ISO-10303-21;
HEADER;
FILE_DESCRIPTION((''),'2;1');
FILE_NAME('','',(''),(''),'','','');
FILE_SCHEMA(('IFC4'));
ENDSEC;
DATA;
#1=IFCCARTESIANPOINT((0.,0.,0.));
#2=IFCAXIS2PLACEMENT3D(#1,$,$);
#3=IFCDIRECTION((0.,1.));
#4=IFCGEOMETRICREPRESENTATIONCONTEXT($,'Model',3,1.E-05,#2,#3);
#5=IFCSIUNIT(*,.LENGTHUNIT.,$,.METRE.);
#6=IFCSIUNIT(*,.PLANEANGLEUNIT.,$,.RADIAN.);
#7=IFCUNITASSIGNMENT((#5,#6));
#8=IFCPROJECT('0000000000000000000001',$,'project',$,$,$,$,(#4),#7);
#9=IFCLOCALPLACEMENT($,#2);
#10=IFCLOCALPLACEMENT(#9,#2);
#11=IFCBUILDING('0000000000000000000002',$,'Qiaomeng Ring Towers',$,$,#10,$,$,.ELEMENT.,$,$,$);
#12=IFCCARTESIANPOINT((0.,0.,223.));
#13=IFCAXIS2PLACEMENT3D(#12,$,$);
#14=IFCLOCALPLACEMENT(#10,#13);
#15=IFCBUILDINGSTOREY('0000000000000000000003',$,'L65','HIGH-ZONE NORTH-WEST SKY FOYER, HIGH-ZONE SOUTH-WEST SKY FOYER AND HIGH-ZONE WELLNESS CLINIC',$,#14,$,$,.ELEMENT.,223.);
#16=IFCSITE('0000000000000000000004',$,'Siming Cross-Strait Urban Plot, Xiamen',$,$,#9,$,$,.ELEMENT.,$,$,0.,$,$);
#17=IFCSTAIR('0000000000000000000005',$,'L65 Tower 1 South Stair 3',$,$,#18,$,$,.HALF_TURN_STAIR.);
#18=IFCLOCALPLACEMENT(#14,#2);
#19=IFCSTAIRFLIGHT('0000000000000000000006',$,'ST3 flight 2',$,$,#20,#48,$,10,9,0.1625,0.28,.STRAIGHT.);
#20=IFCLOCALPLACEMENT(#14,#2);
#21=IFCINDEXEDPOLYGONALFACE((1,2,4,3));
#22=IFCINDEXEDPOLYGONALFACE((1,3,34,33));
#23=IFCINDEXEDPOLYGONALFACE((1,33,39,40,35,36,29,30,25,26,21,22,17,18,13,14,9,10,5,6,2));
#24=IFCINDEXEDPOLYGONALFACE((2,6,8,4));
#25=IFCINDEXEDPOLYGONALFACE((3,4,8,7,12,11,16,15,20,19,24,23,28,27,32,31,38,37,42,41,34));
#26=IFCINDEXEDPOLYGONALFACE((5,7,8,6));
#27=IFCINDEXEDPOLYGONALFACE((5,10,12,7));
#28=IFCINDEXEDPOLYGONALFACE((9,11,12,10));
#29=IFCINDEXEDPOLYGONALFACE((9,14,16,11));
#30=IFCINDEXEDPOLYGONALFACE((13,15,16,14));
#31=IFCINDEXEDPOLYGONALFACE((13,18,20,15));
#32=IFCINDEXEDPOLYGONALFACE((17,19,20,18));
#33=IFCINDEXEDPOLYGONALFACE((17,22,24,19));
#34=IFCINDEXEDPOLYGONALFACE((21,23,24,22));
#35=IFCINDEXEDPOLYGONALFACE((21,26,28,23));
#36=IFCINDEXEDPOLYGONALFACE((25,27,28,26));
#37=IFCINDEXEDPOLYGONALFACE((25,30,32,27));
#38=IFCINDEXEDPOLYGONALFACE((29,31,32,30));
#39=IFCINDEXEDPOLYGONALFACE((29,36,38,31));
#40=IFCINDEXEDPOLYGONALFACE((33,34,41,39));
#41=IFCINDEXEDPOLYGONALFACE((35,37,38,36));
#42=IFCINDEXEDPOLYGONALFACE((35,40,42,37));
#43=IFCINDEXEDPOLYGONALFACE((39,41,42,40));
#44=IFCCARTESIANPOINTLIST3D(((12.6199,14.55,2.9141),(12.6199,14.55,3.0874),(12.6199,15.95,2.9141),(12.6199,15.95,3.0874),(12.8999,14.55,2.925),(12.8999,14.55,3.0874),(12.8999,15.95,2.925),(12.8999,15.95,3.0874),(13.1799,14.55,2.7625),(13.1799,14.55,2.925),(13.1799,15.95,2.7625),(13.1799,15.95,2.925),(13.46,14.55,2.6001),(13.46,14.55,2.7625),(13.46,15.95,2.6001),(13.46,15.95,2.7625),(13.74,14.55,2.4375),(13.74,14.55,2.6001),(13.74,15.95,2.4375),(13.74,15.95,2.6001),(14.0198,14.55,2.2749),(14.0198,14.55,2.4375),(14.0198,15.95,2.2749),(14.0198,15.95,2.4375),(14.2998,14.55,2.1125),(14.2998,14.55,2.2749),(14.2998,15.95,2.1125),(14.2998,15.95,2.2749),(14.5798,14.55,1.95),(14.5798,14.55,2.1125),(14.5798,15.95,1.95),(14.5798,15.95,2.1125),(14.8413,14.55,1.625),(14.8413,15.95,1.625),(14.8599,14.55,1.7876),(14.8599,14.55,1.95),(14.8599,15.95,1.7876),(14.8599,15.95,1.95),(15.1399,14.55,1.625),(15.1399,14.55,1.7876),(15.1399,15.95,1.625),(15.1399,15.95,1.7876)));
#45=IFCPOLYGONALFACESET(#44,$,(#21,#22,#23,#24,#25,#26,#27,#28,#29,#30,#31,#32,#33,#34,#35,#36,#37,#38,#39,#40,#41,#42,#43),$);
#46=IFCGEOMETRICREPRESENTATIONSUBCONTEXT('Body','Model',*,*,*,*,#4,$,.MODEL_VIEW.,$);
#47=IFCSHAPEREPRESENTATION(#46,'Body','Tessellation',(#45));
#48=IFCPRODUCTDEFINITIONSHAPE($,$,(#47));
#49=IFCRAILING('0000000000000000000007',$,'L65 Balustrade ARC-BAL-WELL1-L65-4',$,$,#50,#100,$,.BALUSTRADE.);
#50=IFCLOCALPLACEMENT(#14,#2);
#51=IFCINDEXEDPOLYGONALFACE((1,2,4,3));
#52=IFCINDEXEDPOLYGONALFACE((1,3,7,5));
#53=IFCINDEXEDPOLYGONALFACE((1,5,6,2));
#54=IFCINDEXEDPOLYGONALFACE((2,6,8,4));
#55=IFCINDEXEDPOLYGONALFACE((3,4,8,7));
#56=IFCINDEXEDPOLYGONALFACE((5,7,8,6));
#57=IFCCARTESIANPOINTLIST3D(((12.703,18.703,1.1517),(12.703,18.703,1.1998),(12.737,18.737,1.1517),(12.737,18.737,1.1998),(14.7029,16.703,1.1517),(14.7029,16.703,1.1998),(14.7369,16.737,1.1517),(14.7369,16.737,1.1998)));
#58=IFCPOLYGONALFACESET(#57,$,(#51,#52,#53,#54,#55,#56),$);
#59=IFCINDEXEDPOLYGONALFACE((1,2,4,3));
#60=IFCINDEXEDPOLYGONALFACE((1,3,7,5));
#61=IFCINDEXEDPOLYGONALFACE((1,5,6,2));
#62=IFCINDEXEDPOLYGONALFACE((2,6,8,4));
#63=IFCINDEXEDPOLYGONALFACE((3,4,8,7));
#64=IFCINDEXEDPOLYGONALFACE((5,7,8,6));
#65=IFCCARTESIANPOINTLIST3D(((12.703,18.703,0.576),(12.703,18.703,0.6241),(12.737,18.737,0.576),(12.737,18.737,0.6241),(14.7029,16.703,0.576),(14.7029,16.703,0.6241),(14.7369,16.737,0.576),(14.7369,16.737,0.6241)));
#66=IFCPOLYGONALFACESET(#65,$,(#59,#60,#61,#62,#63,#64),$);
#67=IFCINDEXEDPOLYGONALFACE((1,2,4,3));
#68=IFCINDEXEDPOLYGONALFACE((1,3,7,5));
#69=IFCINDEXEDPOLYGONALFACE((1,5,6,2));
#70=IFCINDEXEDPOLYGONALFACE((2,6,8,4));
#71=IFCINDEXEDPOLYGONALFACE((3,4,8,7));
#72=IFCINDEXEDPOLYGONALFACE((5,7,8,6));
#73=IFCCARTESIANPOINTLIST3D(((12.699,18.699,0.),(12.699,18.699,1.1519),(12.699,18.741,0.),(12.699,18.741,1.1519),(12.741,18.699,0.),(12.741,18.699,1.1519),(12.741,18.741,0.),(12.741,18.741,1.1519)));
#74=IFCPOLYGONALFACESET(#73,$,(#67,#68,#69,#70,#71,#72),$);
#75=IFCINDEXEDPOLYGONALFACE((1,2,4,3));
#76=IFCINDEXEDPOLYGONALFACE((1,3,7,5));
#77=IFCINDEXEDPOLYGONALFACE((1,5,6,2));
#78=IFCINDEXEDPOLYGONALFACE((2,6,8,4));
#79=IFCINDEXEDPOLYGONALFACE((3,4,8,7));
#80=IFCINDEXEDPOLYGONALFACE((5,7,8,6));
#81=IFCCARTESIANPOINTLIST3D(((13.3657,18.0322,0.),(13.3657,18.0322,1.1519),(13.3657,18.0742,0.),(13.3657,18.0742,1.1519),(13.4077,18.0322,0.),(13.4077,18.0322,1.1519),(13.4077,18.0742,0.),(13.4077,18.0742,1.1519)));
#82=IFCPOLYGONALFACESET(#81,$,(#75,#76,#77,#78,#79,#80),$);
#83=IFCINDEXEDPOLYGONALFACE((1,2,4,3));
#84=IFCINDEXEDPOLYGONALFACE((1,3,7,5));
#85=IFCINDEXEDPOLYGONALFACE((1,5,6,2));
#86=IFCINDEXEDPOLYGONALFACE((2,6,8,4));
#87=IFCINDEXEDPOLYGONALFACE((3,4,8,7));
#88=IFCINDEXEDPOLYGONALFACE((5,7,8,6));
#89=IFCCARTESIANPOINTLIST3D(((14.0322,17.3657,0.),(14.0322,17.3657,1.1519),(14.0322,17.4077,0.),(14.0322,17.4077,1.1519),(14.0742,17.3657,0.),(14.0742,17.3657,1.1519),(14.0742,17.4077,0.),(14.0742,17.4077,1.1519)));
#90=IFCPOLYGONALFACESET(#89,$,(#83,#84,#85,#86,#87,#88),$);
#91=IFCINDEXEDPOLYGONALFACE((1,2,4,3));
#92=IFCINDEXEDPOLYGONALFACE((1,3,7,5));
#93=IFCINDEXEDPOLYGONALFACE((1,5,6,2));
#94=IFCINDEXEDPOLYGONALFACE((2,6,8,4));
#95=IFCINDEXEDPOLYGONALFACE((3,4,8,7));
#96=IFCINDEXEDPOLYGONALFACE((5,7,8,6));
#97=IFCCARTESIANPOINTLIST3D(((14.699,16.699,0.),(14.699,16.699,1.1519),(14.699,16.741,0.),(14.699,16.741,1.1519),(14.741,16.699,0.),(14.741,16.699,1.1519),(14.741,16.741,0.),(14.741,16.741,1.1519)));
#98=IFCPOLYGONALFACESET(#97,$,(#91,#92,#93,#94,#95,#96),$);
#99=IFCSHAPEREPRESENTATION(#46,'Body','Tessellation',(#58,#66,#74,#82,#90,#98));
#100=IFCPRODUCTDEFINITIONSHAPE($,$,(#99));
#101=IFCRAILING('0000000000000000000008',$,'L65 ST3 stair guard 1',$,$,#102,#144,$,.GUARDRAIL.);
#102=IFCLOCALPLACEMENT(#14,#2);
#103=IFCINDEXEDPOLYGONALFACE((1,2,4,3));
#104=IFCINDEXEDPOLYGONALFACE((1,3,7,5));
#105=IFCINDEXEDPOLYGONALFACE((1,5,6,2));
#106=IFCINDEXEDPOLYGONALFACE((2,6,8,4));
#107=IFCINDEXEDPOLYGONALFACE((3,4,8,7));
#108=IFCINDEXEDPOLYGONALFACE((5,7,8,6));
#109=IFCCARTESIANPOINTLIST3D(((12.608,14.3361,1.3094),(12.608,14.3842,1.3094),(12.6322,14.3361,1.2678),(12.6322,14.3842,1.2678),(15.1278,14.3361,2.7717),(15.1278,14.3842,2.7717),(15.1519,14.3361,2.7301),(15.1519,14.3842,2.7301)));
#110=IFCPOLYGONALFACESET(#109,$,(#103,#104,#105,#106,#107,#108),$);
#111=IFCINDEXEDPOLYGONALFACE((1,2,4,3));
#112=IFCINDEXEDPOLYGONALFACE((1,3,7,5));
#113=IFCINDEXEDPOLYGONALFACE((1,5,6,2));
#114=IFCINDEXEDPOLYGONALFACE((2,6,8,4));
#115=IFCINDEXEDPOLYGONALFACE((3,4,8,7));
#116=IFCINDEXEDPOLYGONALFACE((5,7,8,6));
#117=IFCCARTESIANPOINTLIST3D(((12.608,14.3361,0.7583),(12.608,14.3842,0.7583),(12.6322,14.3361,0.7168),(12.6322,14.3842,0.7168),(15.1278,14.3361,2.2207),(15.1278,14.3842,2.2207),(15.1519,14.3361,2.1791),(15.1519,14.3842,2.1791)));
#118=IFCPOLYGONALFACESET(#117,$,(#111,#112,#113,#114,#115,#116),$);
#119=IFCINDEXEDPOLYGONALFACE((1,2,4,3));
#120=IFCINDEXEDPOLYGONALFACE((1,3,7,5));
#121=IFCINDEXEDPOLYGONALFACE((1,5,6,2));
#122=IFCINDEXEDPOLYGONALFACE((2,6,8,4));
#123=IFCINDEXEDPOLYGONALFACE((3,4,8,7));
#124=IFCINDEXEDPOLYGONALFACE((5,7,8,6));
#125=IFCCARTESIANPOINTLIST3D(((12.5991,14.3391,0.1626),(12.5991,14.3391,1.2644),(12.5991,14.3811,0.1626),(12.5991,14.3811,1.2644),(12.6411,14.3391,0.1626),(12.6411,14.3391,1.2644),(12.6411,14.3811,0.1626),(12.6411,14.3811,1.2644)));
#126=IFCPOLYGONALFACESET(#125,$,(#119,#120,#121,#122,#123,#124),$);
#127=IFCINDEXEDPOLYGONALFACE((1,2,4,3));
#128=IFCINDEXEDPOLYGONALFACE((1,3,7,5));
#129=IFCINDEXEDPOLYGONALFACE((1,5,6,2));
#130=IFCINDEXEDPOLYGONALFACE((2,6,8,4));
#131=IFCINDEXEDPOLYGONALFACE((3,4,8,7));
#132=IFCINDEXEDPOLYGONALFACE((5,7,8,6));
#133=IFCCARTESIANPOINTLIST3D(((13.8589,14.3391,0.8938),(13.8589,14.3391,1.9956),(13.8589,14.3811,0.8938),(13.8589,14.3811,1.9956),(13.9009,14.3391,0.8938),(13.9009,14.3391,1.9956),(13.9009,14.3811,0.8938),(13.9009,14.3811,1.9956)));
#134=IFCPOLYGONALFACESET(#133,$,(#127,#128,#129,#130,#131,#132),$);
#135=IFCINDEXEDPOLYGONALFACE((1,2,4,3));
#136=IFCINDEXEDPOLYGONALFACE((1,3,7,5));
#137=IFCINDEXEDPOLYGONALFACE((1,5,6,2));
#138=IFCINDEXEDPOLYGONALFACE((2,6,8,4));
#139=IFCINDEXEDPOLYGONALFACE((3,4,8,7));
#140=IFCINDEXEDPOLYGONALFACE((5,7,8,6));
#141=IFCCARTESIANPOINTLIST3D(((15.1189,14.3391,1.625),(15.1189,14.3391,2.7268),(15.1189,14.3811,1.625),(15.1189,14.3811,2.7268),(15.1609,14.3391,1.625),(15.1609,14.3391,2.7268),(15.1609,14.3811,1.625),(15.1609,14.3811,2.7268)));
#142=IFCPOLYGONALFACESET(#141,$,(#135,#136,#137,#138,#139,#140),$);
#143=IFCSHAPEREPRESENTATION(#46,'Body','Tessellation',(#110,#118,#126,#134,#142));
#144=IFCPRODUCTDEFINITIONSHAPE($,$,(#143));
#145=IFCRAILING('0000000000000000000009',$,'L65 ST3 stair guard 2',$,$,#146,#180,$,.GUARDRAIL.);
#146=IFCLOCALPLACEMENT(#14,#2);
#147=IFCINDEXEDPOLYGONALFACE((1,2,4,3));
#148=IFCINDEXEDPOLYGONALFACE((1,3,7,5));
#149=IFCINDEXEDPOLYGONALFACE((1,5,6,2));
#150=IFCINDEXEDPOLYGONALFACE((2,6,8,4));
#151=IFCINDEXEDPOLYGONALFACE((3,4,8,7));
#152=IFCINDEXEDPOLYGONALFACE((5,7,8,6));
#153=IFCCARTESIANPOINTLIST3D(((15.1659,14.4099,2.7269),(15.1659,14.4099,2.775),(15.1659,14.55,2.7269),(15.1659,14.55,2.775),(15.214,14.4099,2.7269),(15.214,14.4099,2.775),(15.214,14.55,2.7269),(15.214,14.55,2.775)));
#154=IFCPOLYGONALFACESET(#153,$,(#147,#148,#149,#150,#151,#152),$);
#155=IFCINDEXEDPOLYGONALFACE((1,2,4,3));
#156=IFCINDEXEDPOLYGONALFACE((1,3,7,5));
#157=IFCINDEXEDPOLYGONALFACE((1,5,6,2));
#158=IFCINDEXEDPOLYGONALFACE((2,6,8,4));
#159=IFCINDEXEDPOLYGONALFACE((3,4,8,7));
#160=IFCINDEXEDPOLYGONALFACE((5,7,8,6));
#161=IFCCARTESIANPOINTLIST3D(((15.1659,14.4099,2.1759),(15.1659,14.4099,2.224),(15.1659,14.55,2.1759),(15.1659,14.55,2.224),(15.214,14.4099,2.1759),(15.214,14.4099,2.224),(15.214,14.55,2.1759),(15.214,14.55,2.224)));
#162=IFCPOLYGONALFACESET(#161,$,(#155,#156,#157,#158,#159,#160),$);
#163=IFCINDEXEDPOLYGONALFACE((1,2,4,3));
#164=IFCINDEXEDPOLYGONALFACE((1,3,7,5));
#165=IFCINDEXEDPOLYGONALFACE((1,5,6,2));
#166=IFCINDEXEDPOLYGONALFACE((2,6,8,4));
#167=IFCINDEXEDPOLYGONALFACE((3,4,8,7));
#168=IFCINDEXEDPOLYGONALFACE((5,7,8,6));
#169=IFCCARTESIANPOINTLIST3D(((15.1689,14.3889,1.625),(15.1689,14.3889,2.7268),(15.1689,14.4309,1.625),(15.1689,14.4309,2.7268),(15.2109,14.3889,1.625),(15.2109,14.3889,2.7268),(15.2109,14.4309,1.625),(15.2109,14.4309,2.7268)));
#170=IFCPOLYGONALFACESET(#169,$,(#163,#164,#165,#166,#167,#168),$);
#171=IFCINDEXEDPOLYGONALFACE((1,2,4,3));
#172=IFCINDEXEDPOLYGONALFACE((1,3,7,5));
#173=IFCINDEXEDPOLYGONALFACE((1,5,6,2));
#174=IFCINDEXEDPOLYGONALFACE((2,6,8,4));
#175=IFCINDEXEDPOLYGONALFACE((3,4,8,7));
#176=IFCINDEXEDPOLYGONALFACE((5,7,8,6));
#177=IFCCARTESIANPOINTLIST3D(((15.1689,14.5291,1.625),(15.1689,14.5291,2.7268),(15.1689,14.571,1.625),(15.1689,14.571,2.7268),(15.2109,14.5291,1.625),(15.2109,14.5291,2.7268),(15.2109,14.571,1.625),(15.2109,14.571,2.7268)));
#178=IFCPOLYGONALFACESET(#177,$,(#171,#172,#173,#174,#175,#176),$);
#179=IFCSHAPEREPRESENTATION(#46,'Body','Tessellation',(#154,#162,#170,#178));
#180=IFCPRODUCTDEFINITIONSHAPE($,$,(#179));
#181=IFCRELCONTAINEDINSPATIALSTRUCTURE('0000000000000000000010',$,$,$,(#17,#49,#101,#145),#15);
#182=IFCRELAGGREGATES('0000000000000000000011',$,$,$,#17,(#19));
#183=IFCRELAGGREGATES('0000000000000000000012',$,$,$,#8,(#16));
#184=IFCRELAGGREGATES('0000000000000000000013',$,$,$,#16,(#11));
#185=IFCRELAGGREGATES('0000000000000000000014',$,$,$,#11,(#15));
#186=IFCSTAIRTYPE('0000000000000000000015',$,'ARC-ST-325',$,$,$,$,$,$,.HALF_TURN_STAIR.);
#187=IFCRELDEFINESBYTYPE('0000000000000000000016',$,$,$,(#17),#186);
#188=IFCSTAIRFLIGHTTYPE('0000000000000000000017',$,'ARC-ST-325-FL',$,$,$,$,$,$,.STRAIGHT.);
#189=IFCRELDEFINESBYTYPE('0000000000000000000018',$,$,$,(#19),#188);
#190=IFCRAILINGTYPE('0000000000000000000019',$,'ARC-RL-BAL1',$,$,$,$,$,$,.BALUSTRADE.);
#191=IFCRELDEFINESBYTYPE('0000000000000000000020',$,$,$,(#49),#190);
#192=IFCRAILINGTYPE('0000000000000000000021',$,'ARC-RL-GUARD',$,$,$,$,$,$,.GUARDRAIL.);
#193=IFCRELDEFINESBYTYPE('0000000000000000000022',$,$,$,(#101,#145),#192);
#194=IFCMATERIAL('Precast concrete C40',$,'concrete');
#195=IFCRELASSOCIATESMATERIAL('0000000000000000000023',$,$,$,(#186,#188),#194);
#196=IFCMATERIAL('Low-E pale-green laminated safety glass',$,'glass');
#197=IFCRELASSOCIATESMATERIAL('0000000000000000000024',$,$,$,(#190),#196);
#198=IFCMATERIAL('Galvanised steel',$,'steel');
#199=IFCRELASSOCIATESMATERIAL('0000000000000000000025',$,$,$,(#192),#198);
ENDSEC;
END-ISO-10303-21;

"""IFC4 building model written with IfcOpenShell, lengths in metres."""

from ifc_helpers import new_model, si_unit, direction, frame, origin, origin_2d, place, context, subcontext, project, spatial, polyline, rectangle, outline, extrude, source, transform, mapped, material, type_object, element, aggregate, save


model = new_model("IFC4")

# Units and contexts
model_context = context("Model", 3, precision=1e-05, world=origin(), true_north=direction((0.0, 1.0)))
body_context = subcontext(model_context, "Body", "Model", "MODEL_VIEW")
ifc_project = project(units=[si_unit("LENGTHUNIT", "METRE"), si_unit("PLANEANGLEUNIT", "RADIAN")], contexts=[model_context])

# Site, building, storey
site_placement = place(None, origin())
site = spatial("IfcSite", under=ifc_project, at=site_placement, Name="Siming Cross-Strait Urban Plot, Xiamen", CompositionType="ELEMENT", RefElevation=0.0)
building_placement = place(site_placement, origin())
building = spatial("IfcBuilding", under=site, at=building_placement, Name="Qiaomeng Ring Towers", CompositionType="ELEMENT")
storey_placement = place(building_placement, frame((0.0, 0.0, 223.0)))
storey = spatial("IfcBuildingStorey", under=building, at=storey_placement, Name="L65", Description="HIGH-ZONE NORTH-WEST SKY FOYER, HIGH-ZONE SOUTH-WEST SKY FOYER AND HIGH-ZONE WELLNESS CLINIC", CompositionType="ELEMENT", Elevation=223.0)

# Stair, stair flight
ifc_material_1 = material(Name="Precast concrete C40", Category="concrete")
stair_type = type_object("IfcStairType", Name="ARC-ST-325", PredefinedType="HALF_TURN_STAIR", material=ifc_material_1)
stair_placement = place(storey_placement, origin())
stair = element("IfcStair", 1, at=stair_placement, inside=storey, type_object=stair_type, Name="L65 Tower 1 South Stair 3", PredefinedType="HALF_TURN_STAIR")
stair_flight_type = type_object("IfcStairFlightType", Name="ARC-ST-325-FL", PredefinedType="STRAIGHT", material=ifc_material_1)
shared_shape_1 = source(origin(), body_context, "Body", "SweptSolid", [
    extrude(outline(polyline([(0.0, 0.0), (0.0, 0.1626), (0.28, 0.1626), (0.28, 0.325), (0.5601, 0.325), (0.5601, 0.4875), (0.8401, 0.4875), (0.8401, 0.6499), (1.1201, 0.6499), (1.1201, 0.8125), (1.3999, 0.8125), (1.3999, 0.9751), (1.6799, 0.9751), (1.6799, 1.1375), (1.96, 1.1375), (1.96, 1.3), (2.24, 1.3), (2.24, 1.4624), (2.52, 1.4624), (2.52, 1.625), (2.52, 1.2891), (0.2986, 0.0), (0.0, 0.0)])), frame((0.0, 0.7, 0.0), z_axis=(0.0, -1.0, 0.0), x_axis=(1.0, 0.0, 0.0)), (0.0, 0.0, 1.0), 1.3999),
])
stair_flight_1_placement = place(storey_placement, frame((15.1399, 15.25, 1.625), z_axis=(0.0, 0.0, 1.0), x_axis=(-1.0, 0.0, 0.0)))
stair_flight_1 = element("IfcStairFlight", 2, at=stair_flight_1_placement, type_object=stair_flight_type, Name="ST3 flight 2", NumberOfRisers=10, NumberOfTreads=9, PredefinedType="STRAIGHT", RiserHeight=0.1625, TreadLength=0.28, context=body_context, shape_type="MappedRepresentation", body=[
    mapped(shared_shape_1, transform((0.0, 0.0, 0.0), x_axis=(1.0, 0.0, 0.0), y_axis=(0.0, 1.0, 0.0), z_axis=(0.0, 0.0, 1.0), scale=1.0)),
])
aggregate(stair, [stair_flight_1])

# Railings
ifc_material_2 = material(Name="Low-E pale-green laminated safety glass", Category="glass")
railing_type_1 = type_object("IfcRailingType", Name="ARC-RL-BAL1", PredefinedType="BALUSTRADE", material=ifc_material_2)
railing_1_placement = place(storey_placement, frame((12.72, 18.72, 0.0)))
element("IfcRailing", 3, at=railing_1_placement, inside=storey, type_object=railing_type_1, Name="L65 Balustrade ARC-BAL-WELL1-L65-4", PredefinedType="BALUSTRADE", context=body_context, shape_type="SweptSolid", body=[
    extrude(rectangle(XDim=0.0481, YDim=0.0481, at=origin_2d()), frame((0.0, 0.0, 1.1758), z_axis=(0.707107, -0.707107, 0.0), x_axis=(0.707107, 0.707107, 0.0)), (0.0, 0.0, 1.0), 2.8284),
    extrude(rectangle(XDim=0.0481, YDim=0.0481, at=origin_2d()), frame((0.0, 0.0, 0.6001), z_axis=(0.707107, -0.707107, 0.0), x_axis=(0.707107, 0.707107, 0.0)), (0.0, 0.0, 1.0), 2.8284),
    extrude(rectangle(XDim=0.042, YDim=0.042, at=origin_2d()), origin(), (0.0, 0.0, 1.0), 1.1519),
    extrude(rectangle(XDim=0.042, YDim=0.042, at=origin_2d()), frame((0.6667, -0.6667, 0.0)), (0.0, 0.0, 1.0), 1.1519),
    extrude(rectangle(XDim=0.042, YDim=0.042, at=origin_2d()), frame((1.3333, -1.3333, 0.0)), (0.0, 0.0, 1.0), 1.1519),
    extrude(rectangle(XDim=0.042, YDim=0.042, at=origin_2d()), frame((2.0, -2.0, 0.0)), (0.0, 0.0, 1.0), 1.1519),
])
ifc_material_3 = material(Name="Galvanised steel", Category="steel")
railing_type_2 = type_object("IfcRailingType", Name="ARC-RL-GUARD", PredefinedType="GUARDRAIL", material=ifc_material_3)
railing_2_placement = place(storey_placement, frame((12.6201, 14.3601, 0.1626)))
element("IfcRailing", 4, at=railing_2_placement, inside=storey, type_object=railing_type_2, Name="L65 ST3 stair guard 1", PredefinedType="GUARDRAIL", context=body_context, shape_type="SweptSolid", body=[
    extrude(rectangle(XDim=0.0481, YDim=0.0481, at=origin_2d()), frame((0.0, 0.0, 1.126), z_axis=(0.864892, 0.0, 0.501958), x_axis=(0.0, 1.0, 0.0)), (0.0, 0.0, 1.0), 2.9133),
    extrude(rectangle(XDim=0.0481, YDim=0.0481, at=origin_2d()), frame((0.0, 0.0, 0.575), z_axis=(0.864892, 0.0, 0.501958), x_axis=(0.0, 1.0, 0.0)), (0.0, 0.0, 1.0), 2.9133),
    extrude(rectangle(XDim=0.042, YDim=0.042, at=origin_2d()), origin(), (0.0, 0.0, 1.0), 1.1018),
    extrude(rectangle(XDim=0.042, YDim=0.042, at=origin_2d()), frame((1.2598, 0.0, 0.7312)), (0.0, 0.0, 1.0), 1.1018),
    extrude(rectangle(XDim=0.042, YDim=0.042, at=origin_2d()), frame((2.5198, 0.0, 1.4624)), (0.0, 0.0, 1.0), 1.1018),
])
railing_3_placement = place(storey_placement, frame((15.1899, 14.4099, 1.625)))
element("IfcRailing", 5, at=railing_3_placement, inside=storey, type_object=railing_type_2, Name="L65 ST3 stair guard 2", PredefinedType="GUARDRAIL", context=body_context, shape_type="SweptSolid", body=[
    extrude(rectangle(XDim=0.0481, YDim=0.0481, at=origin_2d()), frame((0.0, 0.0, 1.126), z_axis=(0.0, 1.0, 0.0), x_axis=(-1.0, 0.0, 0.0)), (0.0, 0.0, 1.0), 0.1401),
    extrude(rectangle(XDim=0.0481, YDim=0.0481, at=origin_2d()), frame((0.0, 0.0, 0.575), z_axis=(0.0, 1.0, 0.0), x_axis=(-1.0, 0.0, 0.0)), (0.0, 0.0, 1.0), 0.1401),
    extrude(rectangle(XDim=0.042, YDim=0.042, at=origin_2d()), origin(), (0.0, 0.0, 1.0), 1.1018),
    extrude(rectangle(XDim=0.042, YDim=0.042, at=origin_2d()), frame((0.0, 0.1401, 0.0)), (0.0, 0.0, 1.0), 1.1018),
])

save(model, "model.ifc")
